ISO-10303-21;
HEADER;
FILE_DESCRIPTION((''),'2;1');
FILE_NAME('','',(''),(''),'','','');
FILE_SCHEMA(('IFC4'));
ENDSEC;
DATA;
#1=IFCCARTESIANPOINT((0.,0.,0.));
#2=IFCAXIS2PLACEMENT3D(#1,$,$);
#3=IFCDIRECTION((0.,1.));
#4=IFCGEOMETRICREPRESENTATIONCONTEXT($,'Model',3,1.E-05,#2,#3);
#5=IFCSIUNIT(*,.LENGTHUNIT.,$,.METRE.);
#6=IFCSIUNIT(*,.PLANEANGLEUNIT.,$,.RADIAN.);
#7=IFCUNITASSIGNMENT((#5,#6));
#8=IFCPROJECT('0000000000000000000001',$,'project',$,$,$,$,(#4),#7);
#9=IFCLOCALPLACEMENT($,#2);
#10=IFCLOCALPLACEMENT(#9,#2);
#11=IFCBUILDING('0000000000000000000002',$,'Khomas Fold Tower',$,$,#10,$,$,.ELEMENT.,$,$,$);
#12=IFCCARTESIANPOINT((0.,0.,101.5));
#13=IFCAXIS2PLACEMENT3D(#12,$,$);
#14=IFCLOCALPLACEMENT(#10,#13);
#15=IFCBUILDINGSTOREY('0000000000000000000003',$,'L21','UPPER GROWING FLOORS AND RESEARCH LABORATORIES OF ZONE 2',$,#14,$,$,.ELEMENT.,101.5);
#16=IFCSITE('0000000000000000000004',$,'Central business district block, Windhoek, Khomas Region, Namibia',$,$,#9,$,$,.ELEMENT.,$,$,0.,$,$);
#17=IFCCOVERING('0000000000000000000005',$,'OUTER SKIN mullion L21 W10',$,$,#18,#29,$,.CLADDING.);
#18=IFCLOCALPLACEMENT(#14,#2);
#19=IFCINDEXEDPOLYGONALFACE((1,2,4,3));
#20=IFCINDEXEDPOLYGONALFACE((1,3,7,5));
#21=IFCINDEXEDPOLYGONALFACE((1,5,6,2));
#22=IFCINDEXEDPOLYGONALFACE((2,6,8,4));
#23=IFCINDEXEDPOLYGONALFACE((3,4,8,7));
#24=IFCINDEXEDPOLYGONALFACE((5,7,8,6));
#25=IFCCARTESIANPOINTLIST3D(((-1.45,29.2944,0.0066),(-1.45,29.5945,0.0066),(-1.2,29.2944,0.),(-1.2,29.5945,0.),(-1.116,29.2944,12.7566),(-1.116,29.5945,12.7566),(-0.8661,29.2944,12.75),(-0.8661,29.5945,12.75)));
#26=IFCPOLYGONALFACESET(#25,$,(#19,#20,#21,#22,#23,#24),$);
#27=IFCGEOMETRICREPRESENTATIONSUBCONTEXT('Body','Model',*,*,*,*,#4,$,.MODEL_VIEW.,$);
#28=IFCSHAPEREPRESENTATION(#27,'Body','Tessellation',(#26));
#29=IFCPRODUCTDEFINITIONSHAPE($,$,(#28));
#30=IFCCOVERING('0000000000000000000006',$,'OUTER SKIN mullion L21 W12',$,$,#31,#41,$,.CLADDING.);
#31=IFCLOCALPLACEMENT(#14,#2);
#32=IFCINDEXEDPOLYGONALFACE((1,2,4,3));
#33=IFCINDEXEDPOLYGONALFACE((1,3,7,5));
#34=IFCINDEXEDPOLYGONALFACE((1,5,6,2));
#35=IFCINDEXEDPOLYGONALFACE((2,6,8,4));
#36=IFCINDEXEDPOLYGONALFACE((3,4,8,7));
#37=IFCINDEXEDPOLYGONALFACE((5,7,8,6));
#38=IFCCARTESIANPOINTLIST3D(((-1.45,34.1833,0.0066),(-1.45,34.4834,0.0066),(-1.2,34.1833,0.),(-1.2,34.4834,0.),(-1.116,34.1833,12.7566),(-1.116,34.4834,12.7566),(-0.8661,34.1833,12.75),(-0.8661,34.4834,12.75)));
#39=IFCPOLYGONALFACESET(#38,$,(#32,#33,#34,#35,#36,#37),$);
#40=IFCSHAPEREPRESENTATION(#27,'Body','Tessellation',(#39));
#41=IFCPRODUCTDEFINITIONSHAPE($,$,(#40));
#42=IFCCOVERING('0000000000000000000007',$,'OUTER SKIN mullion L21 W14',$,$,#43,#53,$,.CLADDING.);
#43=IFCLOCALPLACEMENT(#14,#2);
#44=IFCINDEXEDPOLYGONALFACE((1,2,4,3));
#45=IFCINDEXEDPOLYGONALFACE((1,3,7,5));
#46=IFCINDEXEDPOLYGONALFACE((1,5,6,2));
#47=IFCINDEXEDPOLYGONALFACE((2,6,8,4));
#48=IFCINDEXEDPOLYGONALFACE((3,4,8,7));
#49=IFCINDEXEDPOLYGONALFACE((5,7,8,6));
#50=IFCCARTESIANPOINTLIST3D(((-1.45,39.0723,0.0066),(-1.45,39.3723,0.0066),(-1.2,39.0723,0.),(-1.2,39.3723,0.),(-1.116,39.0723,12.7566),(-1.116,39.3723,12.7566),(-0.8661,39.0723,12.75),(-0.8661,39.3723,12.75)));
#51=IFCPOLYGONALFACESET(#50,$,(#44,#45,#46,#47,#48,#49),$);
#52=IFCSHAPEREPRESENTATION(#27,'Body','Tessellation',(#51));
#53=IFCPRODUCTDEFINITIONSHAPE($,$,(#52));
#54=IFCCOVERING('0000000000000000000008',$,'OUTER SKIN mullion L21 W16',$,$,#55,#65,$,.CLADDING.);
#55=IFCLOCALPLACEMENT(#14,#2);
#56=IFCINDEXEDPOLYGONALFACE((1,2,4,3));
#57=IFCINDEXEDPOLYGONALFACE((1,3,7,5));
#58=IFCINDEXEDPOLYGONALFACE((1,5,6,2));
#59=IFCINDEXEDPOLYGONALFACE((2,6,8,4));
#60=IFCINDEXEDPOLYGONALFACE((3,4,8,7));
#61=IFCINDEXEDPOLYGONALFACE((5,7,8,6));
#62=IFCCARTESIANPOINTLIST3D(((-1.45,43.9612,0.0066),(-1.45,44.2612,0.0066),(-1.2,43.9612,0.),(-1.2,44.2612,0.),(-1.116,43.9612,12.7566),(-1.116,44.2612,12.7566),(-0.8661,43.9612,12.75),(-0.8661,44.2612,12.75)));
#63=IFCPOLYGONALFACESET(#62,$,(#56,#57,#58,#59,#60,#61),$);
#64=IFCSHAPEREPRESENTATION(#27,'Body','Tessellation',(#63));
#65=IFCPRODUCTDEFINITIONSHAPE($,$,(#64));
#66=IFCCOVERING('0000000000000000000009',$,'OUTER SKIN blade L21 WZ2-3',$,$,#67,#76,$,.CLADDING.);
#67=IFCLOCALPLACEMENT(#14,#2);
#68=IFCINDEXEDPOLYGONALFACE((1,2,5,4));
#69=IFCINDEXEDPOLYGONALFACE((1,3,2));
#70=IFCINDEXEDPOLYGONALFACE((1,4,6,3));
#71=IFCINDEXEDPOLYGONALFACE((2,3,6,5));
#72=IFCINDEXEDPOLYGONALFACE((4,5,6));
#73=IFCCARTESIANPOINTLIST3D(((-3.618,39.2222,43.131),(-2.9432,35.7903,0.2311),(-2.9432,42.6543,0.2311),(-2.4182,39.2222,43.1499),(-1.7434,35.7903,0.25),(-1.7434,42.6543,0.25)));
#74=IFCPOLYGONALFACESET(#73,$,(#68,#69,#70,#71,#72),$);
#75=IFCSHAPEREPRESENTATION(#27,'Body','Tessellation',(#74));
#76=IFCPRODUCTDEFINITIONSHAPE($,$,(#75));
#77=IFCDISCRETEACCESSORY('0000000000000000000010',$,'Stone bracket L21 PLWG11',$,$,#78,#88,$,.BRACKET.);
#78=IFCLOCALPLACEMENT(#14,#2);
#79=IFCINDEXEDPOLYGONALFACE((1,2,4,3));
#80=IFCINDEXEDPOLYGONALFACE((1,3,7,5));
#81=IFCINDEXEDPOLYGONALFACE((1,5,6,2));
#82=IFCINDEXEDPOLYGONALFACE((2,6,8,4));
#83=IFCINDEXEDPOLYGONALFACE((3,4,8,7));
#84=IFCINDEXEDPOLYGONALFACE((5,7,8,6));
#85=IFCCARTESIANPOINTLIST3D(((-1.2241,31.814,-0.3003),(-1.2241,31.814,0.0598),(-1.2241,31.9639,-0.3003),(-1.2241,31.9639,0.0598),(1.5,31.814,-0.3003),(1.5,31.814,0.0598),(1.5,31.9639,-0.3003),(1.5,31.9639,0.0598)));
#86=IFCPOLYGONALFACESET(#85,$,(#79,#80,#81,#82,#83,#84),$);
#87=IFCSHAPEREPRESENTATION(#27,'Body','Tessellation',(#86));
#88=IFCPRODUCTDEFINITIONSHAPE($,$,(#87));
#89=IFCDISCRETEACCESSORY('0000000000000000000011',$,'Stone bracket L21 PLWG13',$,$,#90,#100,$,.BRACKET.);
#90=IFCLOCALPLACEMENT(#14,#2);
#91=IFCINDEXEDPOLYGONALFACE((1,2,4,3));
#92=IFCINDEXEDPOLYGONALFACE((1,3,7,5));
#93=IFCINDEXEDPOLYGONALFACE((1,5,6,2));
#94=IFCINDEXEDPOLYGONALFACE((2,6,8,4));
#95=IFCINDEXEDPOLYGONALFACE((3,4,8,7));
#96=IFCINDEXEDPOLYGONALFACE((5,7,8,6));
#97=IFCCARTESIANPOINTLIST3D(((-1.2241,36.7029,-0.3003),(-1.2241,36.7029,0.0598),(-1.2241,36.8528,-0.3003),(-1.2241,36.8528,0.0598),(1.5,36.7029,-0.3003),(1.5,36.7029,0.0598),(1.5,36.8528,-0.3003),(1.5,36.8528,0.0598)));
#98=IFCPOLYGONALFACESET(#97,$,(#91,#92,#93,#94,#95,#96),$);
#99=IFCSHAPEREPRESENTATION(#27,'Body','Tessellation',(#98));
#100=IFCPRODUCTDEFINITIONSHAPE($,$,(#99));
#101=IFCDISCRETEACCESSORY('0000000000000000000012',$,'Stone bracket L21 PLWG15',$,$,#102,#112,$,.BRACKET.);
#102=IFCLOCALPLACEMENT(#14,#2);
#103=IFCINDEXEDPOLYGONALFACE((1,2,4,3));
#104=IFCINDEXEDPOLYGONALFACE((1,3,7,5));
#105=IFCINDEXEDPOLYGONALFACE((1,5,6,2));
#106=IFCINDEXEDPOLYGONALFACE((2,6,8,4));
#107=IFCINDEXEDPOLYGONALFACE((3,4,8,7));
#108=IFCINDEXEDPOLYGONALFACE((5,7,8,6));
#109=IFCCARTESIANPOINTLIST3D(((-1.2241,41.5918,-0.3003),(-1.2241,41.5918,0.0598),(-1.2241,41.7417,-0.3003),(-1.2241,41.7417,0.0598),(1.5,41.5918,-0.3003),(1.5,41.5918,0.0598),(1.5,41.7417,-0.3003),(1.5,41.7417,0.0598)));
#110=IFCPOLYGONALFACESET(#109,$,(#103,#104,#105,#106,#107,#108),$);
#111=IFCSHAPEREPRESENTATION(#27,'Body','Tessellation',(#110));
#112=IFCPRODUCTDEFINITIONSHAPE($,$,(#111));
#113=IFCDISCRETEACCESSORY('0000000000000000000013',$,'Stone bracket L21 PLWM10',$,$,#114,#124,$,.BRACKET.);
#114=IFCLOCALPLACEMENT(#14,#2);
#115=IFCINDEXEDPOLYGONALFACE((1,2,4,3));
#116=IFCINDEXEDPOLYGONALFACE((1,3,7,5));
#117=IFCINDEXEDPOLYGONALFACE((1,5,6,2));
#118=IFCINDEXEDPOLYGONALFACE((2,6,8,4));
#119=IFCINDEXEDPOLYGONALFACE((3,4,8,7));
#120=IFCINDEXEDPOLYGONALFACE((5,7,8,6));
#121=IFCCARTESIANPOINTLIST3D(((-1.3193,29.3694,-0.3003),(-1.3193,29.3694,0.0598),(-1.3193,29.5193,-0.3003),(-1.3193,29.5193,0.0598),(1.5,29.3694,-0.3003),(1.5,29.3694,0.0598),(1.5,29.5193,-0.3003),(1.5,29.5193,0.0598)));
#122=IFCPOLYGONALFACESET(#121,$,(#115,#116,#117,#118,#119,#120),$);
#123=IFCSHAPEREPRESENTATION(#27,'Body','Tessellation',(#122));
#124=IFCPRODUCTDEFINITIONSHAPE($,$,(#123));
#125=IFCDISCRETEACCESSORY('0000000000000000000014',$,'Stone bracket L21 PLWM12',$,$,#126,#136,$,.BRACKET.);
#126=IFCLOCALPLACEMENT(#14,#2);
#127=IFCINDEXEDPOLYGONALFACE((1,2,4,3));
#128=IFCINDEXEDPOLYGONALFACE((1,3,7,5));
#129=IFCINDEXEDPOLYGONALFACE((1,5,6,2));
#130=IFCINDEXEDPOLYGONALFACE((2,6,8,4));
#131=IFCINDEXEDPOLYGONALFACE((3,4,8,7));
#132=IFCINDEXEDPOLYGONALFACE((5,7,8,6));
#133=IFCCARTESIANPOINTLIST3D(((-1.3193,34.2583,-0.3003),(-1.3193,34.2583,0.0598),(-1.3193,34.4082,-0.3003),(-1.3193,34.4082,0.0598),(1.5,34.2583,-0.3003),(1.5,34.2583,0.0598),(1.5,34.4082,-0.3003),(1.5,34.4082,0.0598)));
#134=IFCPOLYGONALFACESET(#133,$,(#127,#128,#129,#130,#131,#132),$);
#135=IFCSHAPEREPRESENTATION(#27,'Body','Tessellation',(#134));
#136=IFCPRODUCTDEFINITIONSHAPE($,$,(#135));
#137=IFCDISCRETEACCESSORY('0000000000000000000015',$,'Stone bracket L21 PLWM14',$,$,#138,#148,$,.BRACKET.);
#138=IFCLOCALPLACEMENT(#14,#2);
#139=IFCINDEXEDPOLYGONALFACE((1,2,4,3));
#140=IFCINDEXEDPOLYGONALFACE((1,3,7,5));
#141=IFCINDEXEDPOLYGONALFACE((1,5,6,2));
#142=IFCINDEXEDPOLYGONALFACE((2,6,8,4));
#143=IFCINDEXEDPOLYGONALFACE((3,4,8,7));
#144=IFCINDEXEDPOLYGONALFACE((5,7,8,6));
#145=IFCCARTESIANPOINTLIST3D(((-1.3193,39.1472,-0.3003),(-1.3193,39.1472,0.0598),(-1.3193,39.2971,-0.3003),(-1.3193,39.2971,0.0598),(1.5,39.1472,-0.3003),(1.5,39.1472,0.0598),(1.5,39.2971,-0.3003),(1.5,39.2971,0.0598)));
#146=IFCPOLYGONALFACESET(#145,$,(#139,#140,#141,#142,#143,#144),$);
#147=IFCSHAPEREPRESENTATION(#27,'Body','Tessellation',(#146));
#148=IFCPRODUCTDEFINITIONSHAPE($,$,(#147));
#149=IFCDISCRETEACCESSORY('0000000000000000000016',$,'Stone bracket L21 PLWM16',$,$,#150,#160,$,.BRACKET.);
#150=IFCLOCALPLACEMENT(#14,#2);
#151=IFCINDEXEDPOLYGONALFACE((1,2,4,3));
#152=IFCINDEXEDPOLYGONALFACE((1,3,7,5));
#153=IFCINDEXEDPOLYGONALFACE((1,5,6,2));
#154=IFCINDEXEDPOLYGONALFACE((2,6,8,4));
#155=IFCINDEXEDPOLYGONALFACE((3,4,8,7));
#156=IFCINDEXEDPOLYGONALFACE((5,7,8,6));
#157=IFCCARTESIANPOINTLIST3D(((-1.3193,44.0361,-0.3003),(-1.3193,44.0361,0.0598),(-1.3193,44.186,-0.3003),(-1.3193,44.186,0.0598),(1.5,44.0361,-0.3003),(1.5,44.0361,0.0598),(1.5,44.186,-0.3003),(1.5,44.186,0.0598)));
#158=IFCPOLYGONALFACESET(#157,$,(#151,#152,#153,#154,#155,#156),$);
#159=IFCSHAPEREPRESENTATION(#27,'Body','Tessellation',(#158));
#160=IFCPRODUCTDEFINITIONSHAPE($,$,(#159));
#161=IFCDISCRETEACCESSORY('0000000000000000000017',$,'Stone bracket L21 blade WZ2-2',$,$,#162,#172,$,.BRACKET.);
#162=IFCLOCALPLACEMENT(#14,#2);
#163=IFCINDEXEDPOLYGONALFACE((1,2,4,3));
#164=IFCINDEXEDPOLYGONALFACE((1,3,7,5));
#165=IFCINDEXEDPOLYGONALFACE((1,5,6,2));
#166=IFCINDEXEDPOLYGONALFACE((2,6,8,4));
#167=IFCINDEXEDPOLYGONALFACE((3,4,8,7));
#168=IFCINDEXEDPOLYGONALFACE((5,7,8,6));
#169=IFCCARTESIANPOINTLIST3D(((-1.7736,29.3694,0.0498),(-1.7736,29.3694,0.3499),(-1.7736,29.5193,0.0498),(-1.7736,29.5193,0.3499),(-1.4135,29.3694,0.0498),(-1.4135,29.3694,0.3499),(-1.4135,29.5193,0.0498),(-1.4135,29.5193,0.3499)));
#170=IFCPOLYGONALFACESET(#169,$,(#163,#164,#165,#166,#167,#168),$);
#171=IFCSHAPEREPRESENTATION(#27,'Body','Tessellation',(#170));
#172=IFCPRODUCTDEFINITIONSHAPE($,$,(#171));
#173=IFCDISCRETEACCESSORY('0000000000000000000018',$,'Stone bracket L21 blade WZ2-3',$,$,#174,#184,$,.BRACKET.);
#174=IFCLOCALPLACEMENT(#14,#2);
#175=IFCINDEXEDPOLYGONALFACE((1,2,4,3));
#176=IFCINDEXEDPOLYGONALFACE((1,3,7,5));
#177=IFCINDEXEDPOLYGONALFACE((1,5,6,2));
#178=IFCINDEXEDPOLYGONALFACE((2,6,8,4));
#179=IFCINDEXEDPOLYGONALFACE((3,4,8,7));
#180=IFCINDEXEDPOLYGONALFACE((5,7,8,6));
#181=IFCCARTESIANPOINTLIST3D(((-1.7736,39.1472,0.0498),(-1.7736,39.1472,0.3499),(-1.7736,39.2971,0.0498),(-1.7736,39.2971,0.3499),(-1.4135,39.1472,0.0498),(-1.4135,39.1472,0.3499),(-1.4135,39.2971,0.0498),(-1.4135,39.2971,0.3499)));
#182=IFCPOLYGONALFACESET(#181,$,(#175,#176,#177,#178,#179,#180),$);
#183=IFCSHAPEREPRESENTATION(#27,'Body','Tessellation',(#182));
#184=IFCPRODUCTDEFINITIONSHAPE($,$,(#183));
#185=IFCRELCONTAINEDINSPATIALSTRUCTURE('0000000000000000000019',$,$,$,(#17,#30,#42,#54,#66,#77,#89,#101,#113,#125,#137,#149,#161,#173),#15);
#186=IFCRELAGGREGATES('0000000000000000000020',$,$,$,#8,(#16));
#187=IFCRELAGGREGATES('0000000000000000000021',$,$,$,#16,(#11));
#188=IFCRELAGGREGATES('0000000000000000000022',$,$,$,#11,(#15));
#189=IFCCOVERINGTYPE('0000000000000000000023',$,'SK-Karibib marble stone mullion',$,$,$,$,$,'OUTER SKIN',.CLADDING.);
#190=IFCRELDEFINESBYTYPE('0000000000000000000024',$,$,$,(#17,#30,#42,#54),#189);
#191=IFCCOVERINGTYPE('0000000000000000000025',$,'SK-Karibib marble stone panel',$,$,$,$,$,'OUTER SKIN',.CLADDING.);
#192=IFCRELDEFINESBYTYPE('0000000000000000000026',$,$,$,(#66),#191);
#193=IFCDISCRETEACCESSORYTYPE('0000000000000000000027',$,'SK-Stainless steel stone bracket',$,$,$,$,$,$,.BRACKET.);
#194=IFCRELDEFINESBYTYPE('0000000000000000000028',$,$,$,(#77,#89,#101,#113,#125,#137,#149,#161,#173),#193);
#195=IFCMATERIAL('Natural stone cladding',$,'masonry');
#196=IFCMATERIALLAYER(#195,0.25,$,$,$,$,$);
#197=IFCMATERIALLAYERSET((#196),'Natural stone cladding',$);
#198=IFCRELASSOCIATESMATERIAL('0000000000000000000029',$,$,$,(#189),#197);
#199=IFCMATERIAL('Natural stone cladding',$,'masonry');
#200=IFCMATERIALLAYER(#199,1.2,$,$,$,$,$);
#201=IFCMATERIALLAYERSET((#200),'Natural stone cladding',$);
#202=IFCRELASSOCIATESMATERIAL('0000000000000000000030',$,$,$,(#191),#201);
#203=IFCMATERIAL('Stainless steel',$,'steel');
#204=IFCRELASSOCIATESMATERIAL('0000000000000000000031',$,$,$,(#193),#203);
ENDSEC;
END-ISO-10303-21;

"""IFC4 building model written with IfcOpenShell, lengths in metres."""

from ifc_helpers import new_model, si_unit, direction, frame, origin, origin_2d, place, context, subcontext, project, spatial, polyline, rectangle, outline, extrude, source, transform, mapped, material, layer, layer_set, type_object, element, save


model = new_model("IFC4")

# Units and contexts
model_context = context("Model", 3, precision=1e-05, world=origin(), true_north=direction((0.0, 1.0)))
body_context = subcontext(model_context, "Body", "Model", "MODEL_VIEW")
ifc_project = project(units=[si_unit("LENGTHUNIT", "METRE"), si_unit("PLANEANGLEUNIT", "RADIAN")], contexts=[model_context])

# Site, building, storey
site_placement = place(None, origin())
site = spatial("IfcSite", under=ifc_project, at=site_placement, Name="Central business district block, Windhoek, Khomas Region, Namibia", CompositionType="ELEMENT", RefElevation=0.0)
building_placement = place(site_placement, origin())
building = spatial("IfcBuilding", under=site, at=building_placement, Name="Khomas Fold Tower", CompositionType="ELEMENT")
storey_placement = place(building_placement, frame((0.0, 0.0, 101.5)))
storey = spatial("IfcBuildingStorey", under=building, at=storey_placement, Name="L21", Description="UPPER GROWING FLOORS AND RESEARCH LABORATORIES OF ZONE 2", CompositionType="ELEMENT", Elevation=101.5)

# Coverings
ifc_material_1 = material(Name="Natural stone cladding", Category="masonry")
ifc_layer_1 = layer(ifc_material_1, 0.25)
ifc_layer_set_1 = layer_set([ifc_layer_1], Name="Natural stone cladding")
covering_type_1 = type_object("IfcCoveringType", Name="SK-Karibib marble stone mullion", ElementType="OUTER SKIN", PredefinedType="CLADDING", material=ifc_layer_set_1)
for number, where, z_axis, x_axis, name in (
    (1, (-1.45, 29.2944, 0.0066), (-0.999657, 0.0, 0.026186), (0.0, 1.0, 0.0), "OUTER SKIN mullion L21 W10"),
    (2, (-1.45, 34.1833, 0.0066), (-0.999657, 0.0, 0.026186), (0.0, 1.0, 0.0), "OUTER SKIN mullion L21 W12"),
    (3, (-1.45, 39.0723, 0.0066), (-0.999657, 0.0, 0.026186), (0.0, 1.0, 0.0), "OUTER SKIN mullion L21 W14"),
    (4, (-1.45, 43.9612, 0.0066), (-0.999657, 0.0, 0.026186), (0.0, 1.0, 0.0), "OUTER SKIN mullion L21 W16"),
):
    element("IfcCovering", number, at=place(storey_placement, frame(where, z_axis=z_axis, x_axis=x_axis)), inside=storey, type_object=covering_type_1, Name=name, PredefinedType="CLADDING", context=body_context, shape_type="SweptSolid", body=[
        extrude(outline(polyline([(0.0, 0.0), (0.3, 0.0), (0.3, -12.7544), (0.0, -12.7544), (0.0, 0.0)])), origin(), (0.0, 0.0, -1.0), 0.25),
    ])
ifc_material_2 = material(Name="Natural stone cladding", Category="masonry")
ifc_layer_2 = layer(ifc_material_2, 1.2)
ifc_layer_set_2 = layer_set([ifc_layer_2], Name="Natural stone cladding")
covering_type_2 = type_object("IfcCoveringType", Name="SK-Karibib marble stone panel", ElementType="OUTER SKIN", PredefinedType="CLADDING", material=ifc_layer_set_2)
covering_placement = place(storey_placement, frame((-1.7434, 35.7903, 0.25), z_axis=(0.999876, 0.0, 0.015728), x_axis=(0.0, 1.0, 0.0)))
element("IfcCovering", 5, at=covering_placement, inside=storey, type_object=covering_type_2, Name="OUTER SKIN blade L21 WZ2-3", PredefinedType="CLADDING", context=body_context, shape_type="SweptSolid", body=[
    extrude(outline(polyline([(0.0, 0.0), (6.864, 0.0), (3.4319, 42.9052), (0.0, 0.0)])), origin(), (0.0, 0.0, -1.0), 1.2),
])

# Discrete accessories
ifc_material_3 = material(Name="Stainless steel", Category="steel")
discrete_accessory_type = type_object("IfcDiscreteAccessoryType", Name="SK-Stainless steel stone bracket", PredefinedType="BRACKET", material=ifc_material_3)
shared_shape_1 = source(origin(), body_context, "Body", "SweptSolid", [
    extrude(rectangle(XDim=2.7241, YDim=0.1499, at=origin_2d()), origin(), (0.0, 0.0, 1.0), 0.3601),
])
for number, where, z_axis, x_axis, name in (
    (6, (0.1379, 31.8889, -0.3003), (0.0, 0.0, 1.0), (-1.0, 0.0, 0.0), "Stone bracket L21 PLWG11"),
    (7, (0.1379, 36.7778, -0.3003), (0.0, 0.0, 1.0), (-1.0, 0.0, 0.0), "Stone bracket L21 PLWG13"),
    (8, (0.1379, 41.6667, -0.3003), (0.0, 0.0, 1.0), (-1.0, 0.0, 0.0), "Stone bracket L21 PLWG15"),
):
    element("IfcDiscreteAccessory", number, at=place(storey_placement, frame(where, z_axis=z_axis, x_axis=x_axis)), inside=storey, type_object=discrete_accessory_type, Name=name, PredefinedType="BRACKET", context=body_context, shape_type="MappedRepresentation", body=[
        mapped(shared_shape_1, transform((0.0, 0.0, 0.0))),
    ])
shared_shape_2 = source(origin(), body_context, "Body", "SweptSolid", [
    extrude(rectangle(XDim=2.8193, YDim=0.1499, at=origin_2d()), origin(), (0.0, 0.0, 1.0), 0.3601),
])
for number, where, z_axis, x_axis, name in (
    (9, (0.0903, 29.4443, -0.3003), (0.0, 0.0, 1.0), (-1.0, 0.0, 0.0), "Stone bracket L21 PLWM10"),
    (10, (0.0903, 34.3333, -0.3003), (0.0, 0.0, 1.0), (-1.0, 0.0, 0.0), "Stone bracket L21 PLWM12"),
    (11, (0.0903, 39.2222, -0.3003), (0.0, 0.0, 1.0), (-1.0, 0.0, 0.0), "Stone bracket L21 PLWM14"),
    (12, (0.0903, 44.1111, -0.3003), (0.0, 0.0, 1.0), (-1.0, 0.0, 0.0), "Stone bracket L21 PLWM16"),
):
    element("IfcDiscreteAccessory", number, at=place(storey_placement, frame(where, z_axis=z_axis, x_axis=x_axis)), inside=storey, type_object=discrete_accessory_type, Name=name, PredefinedType="BRACKET", context=body_context, shape_type="MappedRepresentation", body=[
        mapped(shared_shape_2, transform((0.0, 0.0, 0.0))),
    ])
shared_shape_3 = source(origin(), body_context, "Body", "SweptSolid", [
    extrude(rectangle(XDim=0.3601, YDim=0.1499, at=origin_2d()), origin(), (0.0, 0.0, 1.0), 0.3),
])
for number, where, z_axis, x_axis, name in (
    (13, (-1.5935, 29.4443, 0.0498), (0.0, 0.0, 1.0), (-1.0, 0.0, 0.0), "Stone bracket L21 blade WZ2-2"),
    (14, (-1.5935, 39.2222, 0.0498), (0.0, 0.0, 1.0), (-1.0, 0.0, 0.0), "Stone bracket L21 blade WZ2-3"),
):
    element("IfcDiscreteAccessory", number, at=place(storey_placement, frame(where, z_axis=z_axis, x_axis=x_axis)), inside=storey, type_object=discrete_accessory_type, Name=name, PredefinedType="BRACKET", context=body_context, shape_type="MappedRepresentation", body=[
        mapped(shared_shape_3, transform((0.0, 0.0, 0.0))),
    ])

save(model, "model.ifc")
